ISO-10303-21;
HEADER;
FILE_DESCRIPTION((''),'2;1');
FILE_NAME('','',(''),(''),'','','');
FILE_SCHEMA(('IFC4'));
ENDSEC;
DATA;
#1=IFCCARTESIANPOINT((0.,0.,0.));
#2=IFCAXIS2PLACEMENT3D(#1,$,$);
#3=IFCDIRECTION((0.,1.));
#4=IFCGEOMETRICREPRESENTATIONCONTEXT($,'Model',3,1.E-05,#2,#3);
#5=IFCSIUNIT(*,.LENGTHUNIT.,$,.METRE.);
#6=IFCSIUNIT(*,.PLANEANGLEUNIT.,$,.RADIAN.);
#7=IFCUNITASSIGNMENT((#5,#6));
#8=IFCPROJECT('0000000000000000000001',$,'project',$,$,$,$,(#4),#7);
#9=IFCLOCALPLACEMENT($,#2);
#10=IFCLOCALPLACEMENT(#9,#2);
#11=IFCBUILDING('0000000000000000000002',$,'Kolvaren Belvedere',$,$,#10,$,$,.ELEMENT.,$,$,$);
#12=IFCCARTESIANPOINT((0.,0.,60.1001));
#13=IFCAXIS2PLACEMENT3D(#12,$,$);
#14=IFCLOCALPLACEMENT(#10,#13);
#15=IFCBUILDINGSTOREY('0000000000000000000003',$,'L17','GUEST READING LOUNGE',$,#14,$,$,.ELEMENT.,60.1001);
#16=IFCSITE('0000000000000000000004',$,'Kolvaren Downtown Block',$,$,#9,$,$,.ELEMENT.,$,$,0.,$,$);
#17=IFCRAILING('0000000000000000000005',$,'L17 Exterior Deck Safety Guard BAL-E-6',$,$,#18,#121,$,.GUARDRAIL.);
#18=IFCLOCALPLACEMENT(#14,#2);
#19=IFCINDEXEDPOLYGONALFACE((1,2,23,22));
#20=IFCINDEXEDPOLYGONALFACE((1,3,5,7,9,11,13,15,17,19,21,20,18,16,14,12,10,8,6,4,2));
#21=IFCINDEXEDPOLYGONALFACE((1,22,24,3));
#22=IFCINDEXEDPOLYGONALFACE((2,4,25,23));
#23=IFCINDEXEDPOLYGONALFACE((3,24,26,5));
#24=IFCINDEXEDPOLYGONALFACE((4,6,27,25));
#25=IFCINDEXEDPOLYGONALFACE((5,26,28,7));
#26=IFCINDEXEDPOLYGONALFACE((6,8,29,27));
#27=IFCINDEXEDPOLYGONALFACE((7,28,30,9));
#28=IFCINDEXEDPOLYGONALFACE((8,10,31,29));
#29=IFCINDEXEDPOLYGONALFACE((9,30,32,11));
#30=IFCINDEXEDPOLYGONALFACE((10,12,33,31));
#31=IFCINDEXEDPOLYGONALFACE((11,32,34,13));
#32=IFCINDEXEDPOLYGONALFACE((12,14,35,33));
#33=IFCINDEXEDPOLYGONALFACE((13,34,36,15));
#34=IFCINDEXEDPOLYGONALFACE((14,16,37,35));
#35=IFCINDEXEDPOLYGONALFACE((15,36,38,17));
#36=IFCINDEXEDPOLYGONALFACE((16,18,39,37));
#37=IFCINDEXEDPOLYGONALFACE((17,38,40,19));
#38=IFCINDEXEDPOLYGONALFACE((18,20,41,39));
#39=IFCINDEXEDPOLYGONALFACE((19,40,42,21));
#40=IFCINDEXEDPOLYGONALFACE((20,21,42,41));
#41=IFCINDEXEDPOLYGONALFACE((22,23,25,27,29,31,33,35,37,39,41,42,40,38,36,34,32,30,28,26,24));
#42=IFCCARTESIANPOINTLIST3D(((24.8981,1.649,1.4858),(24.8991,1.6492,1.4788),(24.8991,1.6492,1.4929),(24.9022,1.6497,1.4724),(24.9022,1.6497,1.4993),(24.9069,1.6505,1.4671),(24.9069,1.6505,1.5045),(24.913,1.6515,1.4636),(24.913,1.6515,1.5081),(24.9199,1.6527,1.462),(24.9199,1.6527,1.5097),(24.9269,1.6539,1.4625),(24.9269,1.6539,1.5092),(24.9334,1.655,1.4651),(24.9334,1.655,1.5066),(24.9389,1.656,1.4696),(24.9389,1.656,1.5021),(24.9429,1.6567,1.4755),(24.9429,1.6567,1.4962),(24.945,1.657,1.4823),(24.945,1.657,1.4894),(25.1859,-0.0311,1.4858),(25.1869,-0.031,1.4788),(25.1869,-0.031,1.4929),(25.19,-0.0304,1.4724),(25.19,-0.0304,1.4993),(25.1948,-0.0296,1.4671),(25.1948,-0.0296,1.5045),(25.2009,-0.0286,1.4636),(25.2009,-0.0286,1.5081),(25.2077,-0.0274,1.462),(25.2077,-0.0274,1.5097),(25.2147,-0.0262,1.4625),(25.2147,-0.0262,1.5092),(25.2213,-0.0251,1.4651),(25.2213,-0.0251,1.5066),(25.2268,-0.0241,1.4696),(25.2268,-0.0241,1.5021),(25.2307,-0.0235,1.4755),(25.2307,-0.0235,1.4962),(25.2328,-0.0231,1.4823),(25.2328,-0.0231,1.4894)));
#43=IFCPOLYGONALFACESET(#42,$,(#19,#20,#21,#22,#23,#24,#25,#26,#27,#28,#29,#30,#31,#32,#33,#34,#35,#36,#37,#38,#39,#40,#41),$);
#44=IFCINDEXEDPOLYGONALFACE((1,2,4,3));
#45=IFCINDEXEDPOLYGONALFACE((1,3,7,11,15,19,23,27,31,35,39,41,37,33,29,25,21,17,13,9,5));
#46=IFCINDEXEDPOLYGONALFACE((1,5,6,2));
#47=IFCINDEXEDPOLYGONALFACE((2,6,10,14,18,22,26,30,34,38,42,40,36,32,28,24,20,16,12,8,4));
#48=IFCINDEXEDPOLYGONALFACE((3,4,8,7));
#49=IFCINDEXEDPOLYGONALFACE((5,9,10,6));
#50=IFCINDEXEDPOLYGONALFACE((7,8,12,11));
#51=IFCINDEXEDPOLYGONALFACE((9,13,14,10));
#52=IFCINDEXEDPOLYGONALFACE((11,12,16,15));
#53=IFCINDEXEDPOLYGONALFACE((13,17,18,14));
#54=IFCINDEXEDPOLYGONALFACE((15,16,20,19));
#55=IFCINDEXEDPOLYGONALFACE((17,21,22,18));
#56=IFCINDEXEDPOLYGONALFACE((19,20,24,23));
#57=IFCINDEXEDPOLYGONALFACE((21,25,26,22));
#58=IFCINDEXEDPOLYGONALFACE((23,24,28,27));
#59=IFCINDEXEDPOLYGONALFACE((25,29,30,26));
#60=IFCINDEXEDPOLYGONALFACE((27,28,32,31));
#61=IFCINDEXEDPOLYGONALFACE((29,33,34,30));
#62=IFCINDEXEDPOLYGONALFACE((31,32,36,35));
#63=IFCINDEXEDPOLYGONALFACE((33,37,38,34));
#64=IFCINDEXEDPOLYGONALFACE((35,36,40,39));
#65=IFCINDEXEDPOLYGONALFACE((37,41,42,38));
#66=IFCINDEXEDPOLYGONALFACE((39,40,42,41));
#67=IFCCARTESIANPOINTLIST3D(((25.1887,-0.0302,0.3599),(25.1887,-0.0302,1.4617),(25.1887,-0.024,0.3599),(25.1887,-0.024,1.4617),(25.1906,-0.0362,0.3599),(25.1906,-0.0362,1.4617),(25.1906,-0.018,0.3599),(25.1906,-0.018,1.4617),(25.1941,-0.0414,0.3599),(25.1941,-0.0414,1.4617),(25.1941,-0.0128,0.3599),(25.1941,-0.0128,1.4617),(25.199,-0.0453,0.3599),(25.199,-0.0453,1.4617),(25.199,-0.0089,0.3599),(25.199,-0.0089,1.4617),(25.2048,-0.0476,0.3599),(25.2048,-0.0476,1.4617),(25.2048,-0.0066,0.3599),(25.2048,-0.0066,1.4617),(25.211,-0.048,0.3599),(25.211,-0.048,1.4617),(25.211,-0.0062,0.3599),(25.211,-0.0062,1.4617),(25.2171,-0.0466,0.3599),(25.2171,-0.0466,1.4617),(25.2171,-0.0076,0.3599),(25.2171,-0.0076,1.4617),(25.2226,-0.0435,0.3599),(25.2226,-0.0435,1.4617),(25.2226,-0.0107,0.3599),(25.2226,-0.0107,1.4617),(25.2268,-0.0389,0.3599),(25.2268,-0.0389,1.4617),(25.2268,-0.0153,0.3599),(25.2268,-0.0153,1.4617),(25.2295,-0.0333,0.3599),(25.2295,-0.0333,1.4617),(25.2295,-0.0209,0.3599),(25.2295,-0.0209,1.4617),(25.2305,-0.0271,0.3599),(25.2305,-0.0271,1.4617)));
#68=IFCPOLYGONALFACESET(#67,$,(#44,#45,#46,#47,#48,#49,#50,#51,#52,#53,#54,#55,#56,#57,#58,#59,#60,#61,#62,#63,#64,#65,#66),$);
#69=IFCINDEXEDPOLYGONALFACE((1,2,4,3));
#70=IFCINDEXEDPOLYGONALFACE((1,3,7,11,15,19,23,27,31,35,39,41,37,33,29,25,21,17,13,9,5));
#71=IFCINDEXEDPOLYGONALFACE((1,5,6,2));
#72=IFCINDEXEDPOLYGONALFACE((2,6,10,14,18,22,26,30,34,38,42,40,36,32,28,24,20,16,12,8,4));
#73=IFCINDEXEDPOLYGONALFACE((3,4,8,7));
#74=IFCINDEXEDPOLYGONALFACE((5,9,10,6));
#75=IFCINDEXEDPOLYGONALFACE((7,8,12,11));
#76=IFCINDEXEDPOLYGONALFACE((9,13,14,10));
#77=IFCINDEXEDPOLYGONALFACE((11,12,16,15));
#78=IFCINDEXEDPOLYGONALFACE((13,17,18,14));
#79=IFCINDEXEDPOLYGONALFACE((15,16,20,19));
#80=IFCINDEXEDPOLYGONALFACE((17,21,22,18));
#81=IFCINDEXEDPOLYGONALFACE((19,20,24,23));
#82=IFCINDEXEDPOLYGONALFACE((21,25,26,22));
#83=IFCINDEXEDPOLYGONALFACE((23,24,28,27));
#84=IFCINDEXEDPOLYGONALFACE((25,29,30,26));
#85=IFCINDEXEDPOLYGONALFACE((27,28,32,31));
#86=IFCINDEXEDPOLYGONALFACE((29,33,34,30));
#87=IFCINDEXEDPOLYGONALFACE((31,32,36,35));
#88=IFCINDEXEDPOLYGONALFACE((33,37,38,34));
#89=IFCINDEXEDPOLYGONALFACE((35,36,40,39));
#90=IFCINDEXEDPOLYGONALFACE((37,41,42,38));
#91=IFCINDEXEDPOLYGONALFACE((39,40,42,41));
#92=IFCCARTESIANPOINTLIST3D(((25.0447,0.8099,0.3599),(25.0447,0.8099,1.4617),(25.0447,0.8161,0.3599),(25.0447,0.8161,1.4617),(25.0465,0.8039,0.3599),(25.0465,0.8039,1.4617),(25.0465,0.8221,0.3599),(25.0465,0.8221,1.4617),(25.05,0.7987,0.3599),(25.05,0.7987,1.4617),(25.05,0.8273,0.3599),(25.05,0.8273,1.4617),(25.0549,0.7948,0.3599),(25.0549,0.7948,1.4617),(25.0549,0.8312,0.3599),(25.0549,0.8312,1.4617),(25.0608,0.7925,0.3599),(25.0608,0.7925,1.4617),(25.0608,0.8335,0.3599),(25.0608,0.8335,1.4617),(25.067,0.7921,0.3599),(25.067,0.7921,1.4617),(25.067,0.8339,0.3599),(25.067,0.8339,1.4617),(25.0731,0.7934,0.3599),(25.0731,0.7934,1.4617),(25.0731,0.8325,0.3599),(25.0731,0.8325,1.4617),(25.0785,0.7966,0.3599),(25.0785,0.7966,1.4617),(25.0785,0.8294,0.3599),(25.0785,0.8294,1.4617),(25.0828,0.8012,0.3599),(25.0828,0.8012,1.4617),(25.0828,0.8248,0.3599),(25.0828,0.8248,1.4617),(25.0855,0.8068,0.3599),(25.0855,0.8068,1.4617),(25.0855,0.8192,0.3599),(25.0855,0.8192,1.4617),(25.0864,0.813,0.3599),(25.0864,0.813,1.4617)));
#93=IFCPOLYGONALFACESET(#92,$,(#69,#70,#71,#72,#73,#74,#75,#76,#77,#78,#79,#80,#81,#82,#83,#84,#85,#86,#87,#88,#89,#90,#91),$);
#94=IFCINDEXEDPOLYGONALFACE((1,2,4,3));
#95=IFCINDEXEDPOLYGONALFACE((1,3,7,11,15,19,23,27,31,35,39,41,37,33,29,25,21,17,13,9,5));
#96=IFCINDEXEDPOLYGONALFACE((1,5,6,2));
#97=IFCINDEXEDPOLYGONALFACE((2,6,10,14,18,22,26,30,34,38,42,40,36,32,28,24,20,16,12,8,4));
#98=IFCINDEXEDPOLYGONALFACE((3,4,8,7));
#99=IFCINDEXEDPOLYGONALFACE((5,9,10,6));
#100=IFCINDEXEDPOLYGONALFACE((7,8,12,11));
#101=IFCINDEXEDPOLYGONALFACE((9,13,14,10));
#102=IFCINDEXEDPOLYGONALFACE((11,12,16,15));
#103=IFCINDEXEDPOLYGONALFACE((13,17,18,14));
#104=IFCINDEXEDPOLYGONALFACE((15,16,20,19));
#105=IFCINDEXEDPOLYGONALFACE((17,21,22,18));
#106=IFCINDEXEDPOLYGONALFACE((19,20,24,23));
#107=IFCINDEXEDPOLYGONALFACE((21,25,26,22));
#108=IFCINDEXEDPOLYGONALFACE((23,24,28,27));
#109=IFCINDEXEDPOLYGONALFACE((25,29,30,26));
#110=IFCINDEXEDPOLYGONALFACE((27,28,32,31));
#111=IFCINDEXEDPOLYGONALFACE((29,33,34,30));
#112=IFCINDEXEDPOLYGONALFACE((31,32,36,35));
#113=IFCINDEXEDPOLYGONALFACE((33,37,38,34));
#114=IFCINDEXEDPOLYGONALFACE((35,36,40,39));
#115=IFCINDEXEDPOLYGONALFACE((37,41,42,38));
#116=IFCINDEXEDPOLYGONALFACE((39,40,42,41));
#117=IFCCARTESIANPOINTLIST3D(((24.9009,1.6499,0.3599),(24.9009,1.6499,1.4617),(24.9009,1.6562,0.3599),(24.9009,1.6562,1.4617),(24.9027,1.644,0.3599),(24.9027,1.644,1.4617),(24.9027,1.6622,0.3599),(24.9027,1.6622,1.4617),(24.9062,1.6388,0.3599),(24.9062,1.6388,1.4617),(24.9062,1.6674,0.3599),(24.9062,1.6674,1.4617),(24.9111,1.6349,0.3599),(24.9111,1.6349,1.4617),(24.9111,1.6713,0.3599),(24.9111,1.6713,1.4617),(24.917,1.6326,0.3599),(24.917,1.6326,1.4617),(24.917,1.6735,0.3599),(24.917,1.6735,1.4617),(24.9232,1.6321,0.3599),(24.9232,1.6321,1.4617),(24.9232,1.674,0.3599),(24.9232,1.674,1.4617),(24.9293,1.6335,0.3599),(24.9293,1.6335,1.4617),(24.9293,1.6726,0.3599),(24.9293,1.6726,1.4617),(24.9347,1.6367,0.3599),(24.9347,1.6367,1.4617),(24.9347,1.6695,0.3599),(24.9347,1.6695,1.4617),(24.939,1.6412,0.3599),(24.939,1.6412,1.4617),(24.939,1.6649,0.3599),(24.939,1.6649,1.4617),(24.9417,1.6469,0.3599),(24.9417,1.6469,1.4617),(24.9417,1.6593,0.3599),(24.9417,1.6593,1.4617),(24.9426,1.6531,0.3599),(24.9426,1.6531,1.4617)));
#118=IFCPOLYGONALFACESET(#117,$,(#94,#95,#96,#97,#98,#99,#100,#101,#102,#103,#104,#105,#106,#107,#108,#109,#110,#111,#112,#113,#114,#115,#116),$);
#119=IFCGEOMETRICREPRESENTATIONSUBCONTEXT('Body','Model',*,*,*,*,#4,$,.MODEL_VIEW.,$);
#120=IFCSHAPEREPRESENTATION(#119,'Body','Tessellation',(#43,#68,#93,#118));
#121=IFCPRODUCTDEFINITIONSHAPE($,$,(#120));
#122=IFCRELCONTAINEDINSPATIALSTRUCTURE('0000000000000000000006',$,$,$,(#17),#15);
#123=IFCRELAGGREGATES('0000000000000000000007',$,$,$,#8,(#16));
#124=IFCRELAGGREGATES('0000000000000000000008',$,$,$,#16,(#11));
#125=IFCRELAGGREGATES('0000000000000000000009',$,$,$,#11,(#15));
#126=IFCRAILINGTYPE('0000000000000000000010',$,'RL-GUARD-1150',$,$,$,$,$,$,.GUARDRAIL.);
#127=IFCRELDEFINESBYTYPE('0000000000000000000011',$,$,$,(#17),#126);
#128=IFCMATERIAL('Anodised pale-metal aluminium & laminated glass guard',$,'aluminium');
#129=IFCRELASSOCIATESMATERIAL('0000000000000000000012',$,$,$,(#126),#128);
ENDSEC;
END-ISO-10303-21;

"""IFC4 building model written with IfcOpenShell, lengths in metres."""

from ifc_helpers import new_model, si_unit, direction, frame, origin, origin_2d, place, context, subcontext, project, spatial, circle, extrude, material, type_object, element, save


model = new_model("IFC4")

# Units and contexts
model_context = context("Model", 3, precision=1e-05, world=origin(), true_north=direction((0.0, 1.0)))
body_context = subcontext(model_context, "Body", "Model", "MODEL_VIEW")
ifc_project = project(units=[si_unit("LENGTHUNIT", "METRE"), si_unit("PLANEANGLEUNIT", "RADIAN")], contexts=[model_context])

# Site, building, storey
site_placement = place(None, origin())
site = spatial("IfcSite", under=ifc_project, at=site_placement, Name="Kolvaren Downtown Block", CompositionType="ELEMENT", RefElevation=0.0)
building_placement = place(site_placement, origin())
building = spatial("IfcBuilding", under=site, at=building_placement, Name="Kolvaren Belvedere", CompositionType="ELEMENT")
storey_placement = place(building_placement, frame((0.0, 0.0, 60.1001)))
storey = spatial("IfcBuildingStorey", under=building, at=storey_placement, Name="L17", Description="GUEST READING LOUNGE", CompositionType="ELEMENT", Elevation=60.1001)

# Railing
ifc_material_1 = material(Name="Anodised pale-metal aluminium & laminated glass guard", Category="aluminium")
railing_type = type_object("IfcRailingType", Name="RL-GUARD-1150", PredefinedType="GUARDRAIL", material=ifc_material_1)
railing_1_placement = place(storey_placement, frame((25.2095, -0.0271, 0.3599)))
element("IfcRailing", 1, at=railing_1_placement, inside=storey, type_object=railing_type, Name="L17 Exterior Deck Safety Guard BAL-E-6", PredefinedType="GUARDRAIL", context=body_context, shape_type="SweptSolid", body=[
    extrude(circle(Radius=0.0239, at=origin_2d()), frame((0.0, 0.0, 1.126), z_axis=(-0.168856, 0.985641, 0.0), x_axis=(-0.985641, -0.168856, 0.0)), (0.0, 0.0, 1.0), 1.7046),
    extrude(circle(Radius=0.021, at=origin_2d()), origin(), (0.0, 0.0, 1.0), 1.1018),
    extrude(circle(Radius=0.021, at=origin_2d()), frame((-0.144, 0.8401, 0.0)), (0.0, 0.0, 1.0), 1.1018),
    extrude(circle(Radius=0.021, at=origin_2d()), frame((-0.2878, 1.6802, 0.0)), (0.0, 0.0, 1.0), 1.1018),
])

save(model, "model.ifc")
